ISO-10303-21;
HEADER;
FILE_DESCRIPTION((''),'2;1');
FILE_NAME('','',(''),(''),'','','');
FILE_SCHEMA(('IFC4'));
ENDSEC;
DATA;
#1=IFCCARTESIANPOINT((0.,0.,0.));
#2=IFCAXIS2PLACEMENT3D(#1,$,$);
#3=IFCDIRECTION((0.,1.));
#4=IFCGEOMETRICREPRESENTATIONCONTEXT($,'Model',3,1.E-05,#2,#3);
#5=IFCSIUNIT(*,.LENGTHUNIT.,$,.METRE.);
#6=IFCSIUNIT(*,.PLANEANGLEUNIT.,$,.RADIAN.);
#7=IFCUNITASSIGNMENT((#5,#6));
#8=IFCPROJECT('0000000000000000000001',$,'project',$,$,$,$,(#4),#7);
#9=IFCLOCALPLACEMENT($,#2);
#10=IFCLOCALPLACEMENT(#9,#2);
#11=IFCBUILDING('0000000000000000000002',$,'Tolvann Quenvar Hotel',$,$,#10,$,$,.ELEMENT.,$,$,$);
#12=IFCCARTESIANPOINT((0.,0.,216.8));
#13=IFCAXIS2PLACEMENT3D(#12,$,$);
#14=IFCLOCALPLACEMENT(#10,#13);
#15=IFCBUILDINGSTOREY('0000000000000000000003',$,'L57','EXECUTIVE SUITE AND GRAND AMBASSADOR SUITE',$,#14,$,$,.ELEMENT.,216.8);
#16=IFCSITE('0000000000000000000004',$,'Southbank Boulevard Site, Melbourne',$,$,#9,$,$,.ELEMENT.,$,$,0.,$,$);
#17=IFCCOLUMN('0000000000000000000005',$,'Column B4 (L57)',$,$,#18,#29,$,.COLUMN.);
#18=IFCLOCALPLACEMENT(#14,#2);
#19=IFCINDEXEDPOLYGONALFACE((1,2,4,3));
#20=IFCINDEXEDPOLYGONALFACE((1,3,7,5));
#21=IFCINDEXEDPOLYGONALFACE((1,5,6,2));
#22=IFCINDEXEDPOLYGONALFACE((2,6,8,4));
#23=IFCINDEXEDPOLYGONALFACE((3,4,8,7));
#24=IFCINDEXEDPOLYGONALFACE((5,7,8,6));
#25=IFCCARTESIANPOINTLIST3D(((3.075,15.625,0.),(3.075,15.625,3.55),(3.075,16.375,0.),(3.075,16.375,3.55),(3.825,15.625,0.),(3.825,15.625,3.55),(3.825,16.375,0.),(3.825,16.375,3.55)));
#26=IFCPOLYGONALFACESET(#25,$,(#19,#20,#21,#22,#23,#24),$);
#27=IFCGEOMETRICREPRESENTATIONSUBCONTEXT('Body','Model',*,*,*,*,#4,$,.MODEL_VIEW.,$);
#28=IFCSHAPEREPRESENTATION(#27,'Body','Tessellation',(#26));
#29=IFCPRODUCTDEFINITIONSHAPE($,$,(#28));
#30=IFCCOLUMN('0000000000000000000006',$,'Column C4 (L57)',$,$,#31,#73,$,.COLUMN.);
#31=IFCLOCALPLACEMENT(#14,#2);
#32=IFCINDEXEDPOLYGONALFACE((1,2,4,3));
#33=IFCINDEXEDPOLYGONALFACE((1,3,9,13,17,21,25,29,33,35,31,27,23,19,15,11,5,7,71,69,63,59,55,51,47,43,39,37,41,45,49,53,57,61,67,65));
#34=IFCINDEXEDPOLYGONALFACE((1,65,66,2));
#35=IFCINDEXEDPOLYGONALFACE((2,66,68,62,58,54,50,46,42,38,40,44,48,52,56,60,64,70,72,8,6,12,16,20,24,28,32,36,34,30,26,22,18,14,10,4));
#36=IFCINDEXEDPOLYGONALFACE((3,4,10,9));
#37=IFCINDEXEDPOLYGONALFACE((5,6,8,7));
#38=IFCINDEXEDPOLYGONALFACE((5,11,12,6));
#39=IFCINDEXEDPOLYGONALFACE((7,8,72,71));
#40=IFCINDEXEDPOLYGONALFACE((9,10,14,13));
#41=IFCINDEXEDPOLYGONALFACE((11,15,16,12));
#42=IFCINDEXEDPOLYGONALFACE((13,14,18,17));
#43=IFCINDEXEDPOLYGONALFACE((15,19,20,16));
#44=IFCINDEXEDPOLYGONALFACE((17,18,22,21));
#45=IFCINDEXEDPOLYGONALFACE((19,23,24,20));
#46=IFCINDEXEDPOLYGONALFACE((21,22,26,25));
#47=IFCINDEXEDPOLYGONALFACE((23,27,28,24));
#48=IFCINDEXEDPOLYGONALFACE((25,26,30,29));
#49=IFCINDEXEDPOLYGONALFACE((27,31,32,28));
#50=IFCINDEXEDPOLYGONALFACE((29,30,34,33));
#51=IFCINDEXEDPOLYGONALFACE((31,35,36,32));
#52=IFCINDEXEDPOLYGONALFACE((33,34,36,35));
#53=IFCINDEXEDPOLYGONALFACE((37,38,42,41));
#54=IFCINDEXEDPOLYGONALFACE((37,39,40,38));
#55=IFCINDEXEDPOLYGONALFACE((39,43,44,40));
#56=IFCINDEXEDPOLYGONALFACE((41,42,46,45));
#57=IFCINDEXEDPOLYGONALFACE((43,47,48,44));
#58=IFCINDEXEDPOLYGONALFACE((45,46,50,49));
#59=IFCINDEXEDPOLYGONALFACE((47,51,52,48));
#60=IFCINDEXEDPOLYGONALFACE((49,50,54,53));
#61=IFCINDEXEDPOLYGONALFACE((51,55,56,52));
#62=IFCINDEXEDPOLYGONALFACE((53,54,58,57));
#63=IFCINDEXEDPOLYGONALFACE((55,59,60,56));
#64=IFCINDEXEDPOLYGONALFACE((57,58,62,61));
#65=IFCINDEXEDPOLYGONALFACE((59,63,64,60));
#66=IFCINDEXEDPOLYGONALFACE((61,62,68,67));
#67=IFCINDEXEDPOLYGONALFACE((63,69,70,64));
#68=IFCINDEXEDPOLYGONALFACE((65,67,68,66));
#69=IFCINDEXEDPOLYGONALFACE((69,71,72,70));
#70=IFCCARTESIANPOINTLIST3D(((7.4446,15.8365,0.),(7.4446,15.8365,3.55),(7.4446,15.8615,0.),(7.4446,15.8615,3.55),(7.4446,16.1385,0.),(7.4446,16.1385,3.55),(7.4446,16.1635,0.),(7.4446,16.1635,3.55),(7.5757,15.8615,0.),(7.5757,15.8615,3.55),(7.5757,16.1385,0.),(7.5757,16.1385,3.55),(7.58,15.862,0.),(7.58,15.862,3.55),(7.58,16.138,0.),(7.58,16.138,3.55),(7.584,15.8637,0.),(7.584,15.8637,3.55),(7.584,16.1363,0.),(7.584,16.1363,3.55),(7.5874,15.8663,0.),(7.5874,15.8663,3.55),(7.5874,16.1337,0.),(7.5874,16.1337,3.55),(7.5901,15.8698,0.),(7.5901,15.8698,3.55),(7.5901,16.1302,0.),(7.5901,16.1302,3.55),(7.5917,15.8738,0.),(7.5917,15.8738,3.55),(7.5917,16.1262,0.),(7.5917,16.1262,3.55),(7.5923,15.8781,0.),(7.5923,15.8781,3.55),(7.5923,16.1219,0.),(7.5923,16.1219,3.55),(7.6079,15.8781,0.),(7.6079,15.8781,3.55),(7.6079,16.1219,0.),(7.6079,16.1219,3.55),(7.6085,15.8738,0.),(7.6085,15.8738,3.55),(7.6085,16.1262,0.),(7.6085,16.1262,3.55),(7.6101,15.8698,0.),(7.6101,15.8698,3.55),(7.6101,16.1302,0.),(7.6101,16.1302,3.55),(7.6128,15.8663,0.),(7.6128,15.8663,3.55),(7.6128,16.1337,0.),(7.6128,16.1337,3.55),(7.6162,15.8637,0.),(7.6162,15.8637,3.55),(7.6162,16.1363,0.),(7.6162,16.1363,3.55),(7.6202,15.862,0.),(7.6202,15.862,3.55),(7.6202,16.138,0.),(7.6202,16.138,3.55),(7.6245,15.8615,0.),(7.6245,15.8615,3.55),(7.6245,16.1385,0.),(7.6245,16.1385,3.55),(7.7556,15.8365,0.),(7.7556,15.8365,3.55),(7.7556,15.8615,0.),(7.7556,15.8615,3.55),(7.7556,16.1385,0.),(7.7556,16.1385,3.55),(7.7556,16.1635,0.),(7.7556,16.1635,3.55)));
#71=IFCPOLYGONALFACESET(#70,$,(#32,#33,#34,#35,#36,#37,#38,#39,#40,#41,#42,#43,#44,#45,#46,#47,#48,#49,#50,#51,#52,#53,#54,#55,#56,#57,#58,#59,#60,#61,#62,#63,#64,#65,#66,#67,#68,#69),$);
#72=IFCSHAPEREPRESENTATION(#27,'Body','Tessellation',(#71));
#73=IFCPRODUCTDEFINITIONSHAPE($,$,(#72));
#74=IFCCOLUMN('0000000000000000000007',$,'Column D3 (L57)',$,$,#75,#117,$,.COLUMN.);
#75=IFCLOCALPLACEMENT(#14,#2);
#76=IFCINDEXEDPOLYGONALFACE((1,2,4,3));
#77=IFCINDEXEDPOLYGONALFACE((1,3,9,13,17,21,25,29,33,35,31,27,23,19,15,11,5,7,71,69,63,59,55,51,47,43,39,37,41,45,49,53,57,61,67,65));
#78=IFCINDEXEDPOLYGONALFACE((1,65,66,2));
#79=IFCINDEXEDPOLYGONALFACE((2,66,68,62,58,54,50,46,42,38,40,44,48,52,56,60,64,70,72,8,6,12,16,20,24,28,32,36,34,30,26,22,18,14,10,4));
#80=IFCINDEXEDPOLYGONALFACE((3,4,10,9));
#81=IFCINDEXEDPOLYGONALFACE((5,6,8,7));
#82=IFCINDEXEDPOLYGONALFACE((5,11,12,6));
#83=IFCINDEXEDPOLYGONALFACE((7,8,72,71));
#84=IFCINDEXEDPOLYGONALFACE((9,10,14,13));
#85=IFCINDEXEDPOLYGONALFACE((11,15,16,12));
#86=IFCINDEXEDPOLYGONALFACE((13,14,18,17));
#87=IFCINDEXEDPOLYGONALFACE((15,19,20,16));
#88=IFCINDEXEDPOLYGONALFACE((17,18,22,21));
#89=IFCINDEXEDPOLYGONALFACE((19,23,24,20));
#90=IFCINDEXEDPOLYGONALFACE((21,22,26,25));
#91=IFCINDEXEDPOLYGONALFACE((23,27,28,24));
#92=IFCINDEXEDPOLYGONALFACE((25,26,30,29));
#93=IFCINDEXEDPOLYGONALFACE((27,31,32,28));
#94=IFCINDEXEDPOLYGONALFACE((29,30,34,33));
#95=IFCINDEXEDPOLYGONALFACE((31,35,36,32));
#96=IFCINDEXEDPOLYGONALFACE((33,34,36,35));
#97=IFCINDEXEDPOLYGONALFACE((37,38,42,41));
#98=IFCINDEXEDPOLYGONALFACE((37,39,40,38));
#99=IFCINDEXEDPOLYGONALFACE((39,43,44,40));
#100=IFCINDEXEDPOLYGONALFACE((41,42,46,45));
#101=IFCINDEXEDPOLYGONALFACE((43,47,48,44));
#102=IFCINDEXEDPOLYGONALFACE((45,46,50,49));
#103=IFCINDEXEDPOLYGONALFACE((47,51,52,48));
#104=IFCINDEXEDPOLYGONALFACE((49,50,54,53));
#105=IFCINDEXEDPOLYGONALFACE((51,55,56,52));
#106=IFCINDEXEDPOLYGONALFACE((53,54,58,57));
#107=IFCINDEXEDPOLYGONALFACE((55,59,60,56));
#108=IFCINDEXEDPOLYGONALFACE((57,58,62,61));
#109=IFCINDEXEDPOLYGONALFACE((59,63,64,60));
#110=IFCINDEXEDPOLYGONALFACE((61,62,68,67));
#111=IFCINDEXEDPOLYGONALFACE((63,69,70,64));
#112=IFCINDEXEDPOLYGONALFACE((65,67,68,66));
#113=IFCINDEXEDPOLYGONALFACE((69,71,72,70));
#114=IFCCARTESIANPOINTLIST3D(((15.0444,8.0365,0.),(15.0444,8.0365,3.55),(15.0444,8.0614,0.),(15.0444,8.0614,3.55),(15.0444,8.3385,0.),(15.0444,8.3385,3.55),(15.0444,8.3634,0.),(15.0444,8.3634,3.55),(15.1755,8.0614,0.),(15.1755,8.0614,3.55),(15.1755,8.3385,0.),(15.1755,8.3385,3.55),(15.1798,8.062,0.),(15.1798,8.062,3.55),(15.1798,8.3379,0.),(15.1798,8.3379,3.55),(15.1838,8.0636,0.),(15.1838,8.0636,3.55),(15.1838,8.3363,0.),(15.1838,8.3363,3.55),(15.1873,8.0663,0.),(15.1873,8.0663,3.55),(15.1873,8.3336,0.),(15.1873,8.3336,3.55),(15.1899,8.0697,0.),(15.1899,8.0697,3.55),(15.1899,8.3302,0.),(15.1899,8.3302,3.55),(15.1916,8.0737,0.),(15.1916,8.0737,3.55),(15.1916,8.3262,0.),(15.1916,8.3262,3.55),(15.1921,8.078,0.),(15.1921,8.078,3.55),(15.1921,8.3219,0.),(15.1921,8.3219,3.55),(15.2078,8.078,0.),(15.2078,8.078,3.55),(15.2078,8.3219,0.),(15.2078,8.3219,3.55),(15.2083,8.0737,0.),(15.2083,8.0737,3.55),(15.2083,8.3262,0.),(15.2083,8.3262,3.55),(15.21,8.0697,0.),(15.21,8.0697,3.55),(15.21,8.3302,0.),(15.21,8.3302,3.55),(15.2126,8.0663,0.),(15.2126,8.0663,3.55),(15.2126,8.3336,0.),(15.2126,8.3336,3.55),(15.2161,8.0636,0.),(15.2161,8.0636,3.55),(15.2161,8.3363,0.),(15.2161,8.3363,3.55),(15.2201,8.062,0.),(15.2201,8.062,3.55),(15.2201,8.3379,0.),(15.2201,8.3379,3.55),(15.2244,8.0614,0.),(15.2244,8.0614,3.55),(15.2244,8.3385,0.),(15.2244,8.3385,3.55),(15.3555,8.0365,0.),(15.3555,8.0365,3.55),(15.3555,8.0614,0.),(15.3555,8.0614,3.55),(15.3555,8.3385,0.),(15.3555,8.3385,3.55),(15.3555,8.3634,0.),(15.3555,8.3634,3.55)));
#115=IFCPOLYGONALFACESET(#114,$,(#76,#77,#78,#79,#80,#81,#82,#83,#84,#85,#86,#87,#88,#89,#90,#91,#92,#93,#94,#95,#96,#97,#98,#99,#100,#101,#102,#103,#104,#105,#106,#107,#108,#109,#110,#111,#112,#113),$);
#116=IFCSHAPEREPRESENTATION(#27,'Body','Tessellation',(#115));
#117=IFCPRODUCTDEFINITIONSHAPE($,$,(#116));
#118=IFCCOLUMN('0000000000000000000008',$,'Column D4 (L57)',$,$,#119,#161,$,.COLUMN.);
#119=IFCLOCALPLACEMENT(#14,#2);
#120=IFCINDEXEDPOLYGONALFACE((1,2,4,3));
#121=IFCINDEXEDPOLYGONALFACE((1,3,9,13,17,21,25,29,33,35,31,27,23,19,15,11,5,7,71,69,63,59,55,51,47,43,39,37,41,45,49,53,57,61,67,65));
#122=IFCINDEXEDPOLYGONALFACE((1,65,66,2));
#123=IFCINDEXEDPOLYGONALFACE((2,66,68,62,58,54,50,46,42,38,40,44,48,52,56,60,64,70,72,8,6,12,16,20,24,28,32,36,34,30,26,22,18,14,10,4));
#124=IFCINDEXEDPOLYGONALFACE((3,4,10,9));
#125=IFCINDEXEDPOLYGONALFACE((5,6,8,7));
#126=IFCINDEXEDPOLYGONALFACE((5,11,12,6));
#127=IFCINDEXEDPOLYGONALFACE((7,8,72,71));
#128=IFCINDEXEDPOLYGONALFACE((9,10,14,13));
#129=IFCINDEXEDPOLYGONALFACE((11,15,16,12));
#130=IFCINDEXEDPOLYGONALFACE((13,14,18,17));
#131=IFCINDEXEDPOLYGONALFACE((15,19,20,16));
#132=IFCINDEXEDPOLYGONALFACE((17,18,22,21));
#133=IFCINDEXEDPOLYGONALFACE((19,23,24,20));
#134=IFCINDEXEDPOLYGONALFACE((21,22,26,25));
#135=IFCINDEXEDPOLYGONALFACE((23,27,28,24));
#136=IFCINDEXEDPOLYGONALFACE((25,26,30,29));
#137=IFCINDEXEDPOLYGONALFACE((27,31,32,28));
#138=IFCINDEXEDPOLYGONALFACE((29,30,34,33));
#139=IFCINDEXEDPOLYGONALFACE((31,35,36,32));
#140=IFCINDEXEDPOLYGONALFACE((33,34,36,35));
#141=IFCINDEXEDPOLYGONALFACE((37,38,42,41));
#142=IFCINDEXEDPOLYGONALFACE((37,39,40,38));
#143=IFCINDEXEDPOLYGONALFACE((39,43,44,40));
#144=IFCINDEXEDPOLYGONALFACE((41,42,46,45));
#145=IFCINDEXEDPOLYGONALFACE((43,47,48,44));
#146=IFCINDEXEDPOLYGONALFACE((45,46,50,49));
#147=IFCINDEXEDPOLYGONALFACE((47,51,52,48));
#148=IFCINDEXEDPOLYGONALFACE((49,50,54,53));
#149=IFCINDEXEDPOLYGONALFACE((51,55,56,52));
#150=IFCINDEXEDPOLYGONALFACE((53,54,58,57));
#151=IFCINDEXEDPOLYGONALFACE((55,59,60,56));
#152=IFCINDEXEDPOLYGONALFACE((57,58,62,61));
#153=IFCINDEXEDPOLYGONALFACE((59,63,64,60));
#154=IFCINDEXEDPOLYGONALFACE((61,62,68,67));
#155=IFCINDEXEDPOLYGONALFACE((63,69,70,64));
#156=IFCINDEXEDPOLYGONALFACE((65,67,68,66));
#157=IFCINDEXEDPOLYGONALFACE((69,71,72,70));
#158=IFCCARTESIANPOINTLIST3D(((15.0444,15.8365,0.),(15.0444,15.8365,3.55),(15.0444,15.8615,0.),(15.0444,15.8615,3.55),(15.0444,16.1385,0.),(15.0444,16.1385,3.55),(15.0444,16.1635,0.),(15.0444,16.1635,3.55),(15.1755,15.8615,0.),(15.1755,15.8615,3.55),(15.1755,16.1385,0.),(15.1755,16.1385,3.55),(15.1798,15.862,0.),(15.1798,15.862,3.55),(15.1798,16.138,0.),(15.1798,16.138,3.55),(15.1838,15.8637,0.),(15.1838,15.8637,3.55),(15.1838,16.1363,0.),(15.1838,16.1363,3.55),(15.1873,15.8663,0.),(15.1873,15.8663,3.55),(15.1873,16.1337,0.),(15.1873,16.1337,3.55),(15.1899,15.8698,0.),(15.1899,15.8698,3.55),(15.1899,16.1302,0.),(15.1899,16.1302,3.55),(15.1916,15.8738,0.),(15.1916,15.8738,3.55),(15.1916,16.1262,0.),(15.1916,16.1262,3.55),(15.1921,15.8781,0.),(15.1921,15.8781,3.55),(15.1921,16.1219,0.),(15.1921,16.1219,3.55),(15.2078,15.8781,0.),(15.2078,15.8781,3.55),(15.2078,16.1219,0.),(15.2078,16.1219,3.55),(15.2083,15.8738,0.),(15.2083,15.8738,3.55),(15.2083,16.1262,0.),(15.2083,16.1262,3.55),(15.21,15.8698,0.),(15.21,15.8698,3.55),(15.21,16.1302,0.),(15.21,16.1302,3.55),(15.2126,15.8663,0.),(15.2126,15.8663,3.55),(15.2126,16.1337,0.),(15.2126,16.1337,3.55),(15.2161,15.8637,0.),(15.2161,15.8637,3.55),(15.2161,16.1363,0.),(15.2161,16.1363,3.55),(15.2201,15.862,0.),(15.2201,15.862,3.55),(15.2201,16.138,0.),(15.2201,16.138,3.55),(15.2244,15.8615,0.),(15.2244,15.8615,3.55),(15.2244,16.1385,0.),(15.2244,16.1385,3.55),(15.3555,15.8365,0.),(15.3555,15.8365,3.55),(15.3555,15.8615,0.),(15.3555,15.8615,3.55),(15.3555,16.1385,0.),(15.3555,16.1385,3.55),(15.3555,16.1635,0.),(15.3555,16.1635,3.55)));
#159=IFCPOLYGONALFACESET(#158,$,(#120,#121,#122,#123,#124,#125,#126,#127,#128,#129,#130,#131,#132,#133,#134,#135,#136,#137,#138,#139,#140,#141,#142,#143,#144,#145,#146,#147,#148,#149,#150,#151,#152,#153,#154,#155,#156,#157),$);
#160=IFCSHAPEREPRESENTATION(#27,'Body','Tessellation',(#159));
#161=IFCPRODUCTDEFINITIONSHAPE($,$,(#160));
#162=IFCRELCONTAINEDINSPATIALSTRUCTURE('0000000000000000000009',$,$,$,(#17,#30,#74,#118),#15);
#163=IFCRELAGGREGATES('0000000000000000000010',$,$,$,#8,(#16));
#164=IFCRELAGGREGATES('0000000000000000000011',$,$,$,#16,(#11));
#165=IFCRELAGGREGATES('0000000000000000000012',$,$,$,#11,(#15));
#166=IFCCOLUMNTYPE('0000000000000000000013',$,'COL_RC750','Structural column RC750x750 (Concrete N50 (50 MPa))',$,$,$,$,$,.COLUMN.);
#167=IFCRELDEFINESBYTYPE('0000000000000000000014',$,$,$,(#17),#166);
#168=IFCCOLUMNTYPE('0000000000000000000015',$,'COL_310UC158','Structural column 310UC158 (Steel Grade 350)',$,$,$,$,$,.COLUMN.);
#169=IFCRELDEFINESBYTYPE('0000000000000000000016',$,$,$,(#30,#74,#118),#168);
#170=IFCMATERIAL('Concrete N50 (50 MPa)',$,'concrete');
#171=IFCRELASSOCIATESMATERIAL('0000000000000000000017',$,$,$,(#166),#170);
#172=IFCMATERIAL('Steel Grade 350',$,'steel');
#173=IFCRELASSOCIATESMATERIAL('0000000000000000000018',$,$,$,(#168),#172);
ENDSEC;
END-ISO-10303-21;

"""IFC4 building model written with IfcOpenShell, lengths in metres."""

from ifc_helpers import new_model, si_unit, direction, frame, origin, origin_2d, place, context, subcontext, project, spatial, rectangle, i_section, extrude, source, transform, mapped, material, material_profile, profile_set, type_object, type_shapes, element, save


model = new_model("IFC4")

# Units and contexts
model_context = context("Model", 3, precision=1e-05, world=origin(), true_north=direction((0.0, 1.0)))
body_context = subcontext(model_context, "Body", "Model", "MODEL_VIEW")
ifc_project = project(units=[si_unit("LENGTHUNIT", "METRE"), si_unit("PLANEANGLEUNIT", "RADIAN")], contexts=[model_context])

# Site, building, storey
site_placement = place(None, origin())
site = spatial("IfcSite", under=ifc_project, at=site_placement, Name="Southbank Boulevard Site, Melbourne", CompositionType="ELEMENT", RefElevation=0.0)
building_placement = place(site_placement, origin())
building = spatial("IfcBuilding", under=site, at=building_placement, Name="Tolvann Quenvar Hotel", CompositionType="ELEMENT")
storey_placement = place(building_placement, frame((0.0, 0.0, 216.8)))
storey = spatial("IfcBuildingStorey", under=building, at=storey_placement, Name="L57", Description="EXECUTIVE SUITE AND GRAND AMBASSADOR SUITE", CompositionType="ELEMENT", Elevation=216.8)

# Columns
ifc_material_1 = material(Name="Concrete N50 (50 MPa)", Category="concrete")
ifc_material_profile_1 = material_profile(ifc_material_1, rectangle(XDim=0.75, YDim=0.75, at=origin_2d()), Name="RC750x750")
ifc_profile_set_1 = profile_set([ifc_material_profile_1], Name="Concrete N50 (50 MPa)")
column_type_1 = type_object("IfcColumnType", Name="COL_RC750", Description="Structural column RC750x750 (Concrete N50 (50 MPa))", PredefinedType="COLUMN", material=ifc_profile_set_1)
shared_shape_1 = source(origin(), body_context, "Body", "SweptSolid", [
    extrude(rectangle(XDim=0.75, YDim=0.75, at=origin_2d()), origin(), (0.0, 0.0, 1.0), 3.55),
])
type_shapes(column_type_1, [shared_shape_1])
column_placement = place(storey_placement, frame((3.45, 16.0, 0.0), z_axis=(0.0, 0.0, 1.0), x_axis=(1.0, 0.0, 0.0)))
element("IfcColumn", 1, at=column_placement, inside=storey, type_object=column_type_1, Name="Column B4 (L57)", PredefinedType="COLUMN", context=body_context, shape_type="MappedRepresentation", body=[
    mapped(shared_shape_1, transform((0.0, 0.0, 0.0), x_axis=(1.0, 0.0, 0.0), y_axis=(0.0, 1.0, 0.0), z_axis=(0.0, 0.0, 1.0), scale=1.0)),
])
ifc_material_2 = material(Name="Steel Grade 350", Category="steel")
ifc_material_profile_2 = material_profile(ifc_material_2, i_section(OverallWidth=0.311, OverallDepth=0.3269, WebThickness=0.0156, FlangeThickness=0.0249, FilletRadius=0.0166, at=origin_2d()), Name="310UC158")
ifc_profile_set_2 = profile_set([ifc_material_profile_2], Name="Steel Grade 350")
column_type_2 = type_object("IfcColumnType", Name="COL_310UC158", Description="Structural column 310UC158 (Steel Grade 350)", PredefinedType="COLUMN", material=ifc_profile_set_2)
shared_shape_2 = source(origin(), body_context, "Body", "SweptSolid", [
    extrude(i_section(OverallWidth=0.311, OverallDepth=0.3269, WebThickness=0.0156, FlangeThickness=0.0249, FilletRadius=0.0166, at=origin_2d()), origin(), (0.0, 0.0, 1.0), 3.55),
])
type_shapes(column_type_2, [shared_shape_2])
for number, where, z_axis, x_axis, name in (
    (2, (7.6001, 16.0, 0.0), (0.0, 0.0, 1.0), (1.0, 0.0, 0.0), "Column C4 (L57)"),
    (3, (15.2, 8.2, 0.0), (0.0, 0.0, 1.0), (1.0, 0.0, 0.0), "Column D3 (L57)"),
    (4, (15.2, 16.0, 0.0), (0.0, 0.0, 1.0), (1.0, 0.0, 0.0), "Column D4 (L57)"),
):
    element("IfcColumn", number, at=place(storey_placement, frame(where, z_axis=z_axis, x_axis=x_axis)), inside=storey, type_object=column_type_2, Name=name, PredefinedType="COLUMN", context=body_context, shape_type="MappedRepresentation", body=[
        mapped(shared_shape_2, transform((0.0, 0.0, 0.0), x_axis=(1.0, 0.0, 0.0), y_axis=(0.0, 1.0, 0.0), z_axis=(0.0, 0.0, 1.0), scale=1.0)),
    ])

save(model, "model.ifc")
